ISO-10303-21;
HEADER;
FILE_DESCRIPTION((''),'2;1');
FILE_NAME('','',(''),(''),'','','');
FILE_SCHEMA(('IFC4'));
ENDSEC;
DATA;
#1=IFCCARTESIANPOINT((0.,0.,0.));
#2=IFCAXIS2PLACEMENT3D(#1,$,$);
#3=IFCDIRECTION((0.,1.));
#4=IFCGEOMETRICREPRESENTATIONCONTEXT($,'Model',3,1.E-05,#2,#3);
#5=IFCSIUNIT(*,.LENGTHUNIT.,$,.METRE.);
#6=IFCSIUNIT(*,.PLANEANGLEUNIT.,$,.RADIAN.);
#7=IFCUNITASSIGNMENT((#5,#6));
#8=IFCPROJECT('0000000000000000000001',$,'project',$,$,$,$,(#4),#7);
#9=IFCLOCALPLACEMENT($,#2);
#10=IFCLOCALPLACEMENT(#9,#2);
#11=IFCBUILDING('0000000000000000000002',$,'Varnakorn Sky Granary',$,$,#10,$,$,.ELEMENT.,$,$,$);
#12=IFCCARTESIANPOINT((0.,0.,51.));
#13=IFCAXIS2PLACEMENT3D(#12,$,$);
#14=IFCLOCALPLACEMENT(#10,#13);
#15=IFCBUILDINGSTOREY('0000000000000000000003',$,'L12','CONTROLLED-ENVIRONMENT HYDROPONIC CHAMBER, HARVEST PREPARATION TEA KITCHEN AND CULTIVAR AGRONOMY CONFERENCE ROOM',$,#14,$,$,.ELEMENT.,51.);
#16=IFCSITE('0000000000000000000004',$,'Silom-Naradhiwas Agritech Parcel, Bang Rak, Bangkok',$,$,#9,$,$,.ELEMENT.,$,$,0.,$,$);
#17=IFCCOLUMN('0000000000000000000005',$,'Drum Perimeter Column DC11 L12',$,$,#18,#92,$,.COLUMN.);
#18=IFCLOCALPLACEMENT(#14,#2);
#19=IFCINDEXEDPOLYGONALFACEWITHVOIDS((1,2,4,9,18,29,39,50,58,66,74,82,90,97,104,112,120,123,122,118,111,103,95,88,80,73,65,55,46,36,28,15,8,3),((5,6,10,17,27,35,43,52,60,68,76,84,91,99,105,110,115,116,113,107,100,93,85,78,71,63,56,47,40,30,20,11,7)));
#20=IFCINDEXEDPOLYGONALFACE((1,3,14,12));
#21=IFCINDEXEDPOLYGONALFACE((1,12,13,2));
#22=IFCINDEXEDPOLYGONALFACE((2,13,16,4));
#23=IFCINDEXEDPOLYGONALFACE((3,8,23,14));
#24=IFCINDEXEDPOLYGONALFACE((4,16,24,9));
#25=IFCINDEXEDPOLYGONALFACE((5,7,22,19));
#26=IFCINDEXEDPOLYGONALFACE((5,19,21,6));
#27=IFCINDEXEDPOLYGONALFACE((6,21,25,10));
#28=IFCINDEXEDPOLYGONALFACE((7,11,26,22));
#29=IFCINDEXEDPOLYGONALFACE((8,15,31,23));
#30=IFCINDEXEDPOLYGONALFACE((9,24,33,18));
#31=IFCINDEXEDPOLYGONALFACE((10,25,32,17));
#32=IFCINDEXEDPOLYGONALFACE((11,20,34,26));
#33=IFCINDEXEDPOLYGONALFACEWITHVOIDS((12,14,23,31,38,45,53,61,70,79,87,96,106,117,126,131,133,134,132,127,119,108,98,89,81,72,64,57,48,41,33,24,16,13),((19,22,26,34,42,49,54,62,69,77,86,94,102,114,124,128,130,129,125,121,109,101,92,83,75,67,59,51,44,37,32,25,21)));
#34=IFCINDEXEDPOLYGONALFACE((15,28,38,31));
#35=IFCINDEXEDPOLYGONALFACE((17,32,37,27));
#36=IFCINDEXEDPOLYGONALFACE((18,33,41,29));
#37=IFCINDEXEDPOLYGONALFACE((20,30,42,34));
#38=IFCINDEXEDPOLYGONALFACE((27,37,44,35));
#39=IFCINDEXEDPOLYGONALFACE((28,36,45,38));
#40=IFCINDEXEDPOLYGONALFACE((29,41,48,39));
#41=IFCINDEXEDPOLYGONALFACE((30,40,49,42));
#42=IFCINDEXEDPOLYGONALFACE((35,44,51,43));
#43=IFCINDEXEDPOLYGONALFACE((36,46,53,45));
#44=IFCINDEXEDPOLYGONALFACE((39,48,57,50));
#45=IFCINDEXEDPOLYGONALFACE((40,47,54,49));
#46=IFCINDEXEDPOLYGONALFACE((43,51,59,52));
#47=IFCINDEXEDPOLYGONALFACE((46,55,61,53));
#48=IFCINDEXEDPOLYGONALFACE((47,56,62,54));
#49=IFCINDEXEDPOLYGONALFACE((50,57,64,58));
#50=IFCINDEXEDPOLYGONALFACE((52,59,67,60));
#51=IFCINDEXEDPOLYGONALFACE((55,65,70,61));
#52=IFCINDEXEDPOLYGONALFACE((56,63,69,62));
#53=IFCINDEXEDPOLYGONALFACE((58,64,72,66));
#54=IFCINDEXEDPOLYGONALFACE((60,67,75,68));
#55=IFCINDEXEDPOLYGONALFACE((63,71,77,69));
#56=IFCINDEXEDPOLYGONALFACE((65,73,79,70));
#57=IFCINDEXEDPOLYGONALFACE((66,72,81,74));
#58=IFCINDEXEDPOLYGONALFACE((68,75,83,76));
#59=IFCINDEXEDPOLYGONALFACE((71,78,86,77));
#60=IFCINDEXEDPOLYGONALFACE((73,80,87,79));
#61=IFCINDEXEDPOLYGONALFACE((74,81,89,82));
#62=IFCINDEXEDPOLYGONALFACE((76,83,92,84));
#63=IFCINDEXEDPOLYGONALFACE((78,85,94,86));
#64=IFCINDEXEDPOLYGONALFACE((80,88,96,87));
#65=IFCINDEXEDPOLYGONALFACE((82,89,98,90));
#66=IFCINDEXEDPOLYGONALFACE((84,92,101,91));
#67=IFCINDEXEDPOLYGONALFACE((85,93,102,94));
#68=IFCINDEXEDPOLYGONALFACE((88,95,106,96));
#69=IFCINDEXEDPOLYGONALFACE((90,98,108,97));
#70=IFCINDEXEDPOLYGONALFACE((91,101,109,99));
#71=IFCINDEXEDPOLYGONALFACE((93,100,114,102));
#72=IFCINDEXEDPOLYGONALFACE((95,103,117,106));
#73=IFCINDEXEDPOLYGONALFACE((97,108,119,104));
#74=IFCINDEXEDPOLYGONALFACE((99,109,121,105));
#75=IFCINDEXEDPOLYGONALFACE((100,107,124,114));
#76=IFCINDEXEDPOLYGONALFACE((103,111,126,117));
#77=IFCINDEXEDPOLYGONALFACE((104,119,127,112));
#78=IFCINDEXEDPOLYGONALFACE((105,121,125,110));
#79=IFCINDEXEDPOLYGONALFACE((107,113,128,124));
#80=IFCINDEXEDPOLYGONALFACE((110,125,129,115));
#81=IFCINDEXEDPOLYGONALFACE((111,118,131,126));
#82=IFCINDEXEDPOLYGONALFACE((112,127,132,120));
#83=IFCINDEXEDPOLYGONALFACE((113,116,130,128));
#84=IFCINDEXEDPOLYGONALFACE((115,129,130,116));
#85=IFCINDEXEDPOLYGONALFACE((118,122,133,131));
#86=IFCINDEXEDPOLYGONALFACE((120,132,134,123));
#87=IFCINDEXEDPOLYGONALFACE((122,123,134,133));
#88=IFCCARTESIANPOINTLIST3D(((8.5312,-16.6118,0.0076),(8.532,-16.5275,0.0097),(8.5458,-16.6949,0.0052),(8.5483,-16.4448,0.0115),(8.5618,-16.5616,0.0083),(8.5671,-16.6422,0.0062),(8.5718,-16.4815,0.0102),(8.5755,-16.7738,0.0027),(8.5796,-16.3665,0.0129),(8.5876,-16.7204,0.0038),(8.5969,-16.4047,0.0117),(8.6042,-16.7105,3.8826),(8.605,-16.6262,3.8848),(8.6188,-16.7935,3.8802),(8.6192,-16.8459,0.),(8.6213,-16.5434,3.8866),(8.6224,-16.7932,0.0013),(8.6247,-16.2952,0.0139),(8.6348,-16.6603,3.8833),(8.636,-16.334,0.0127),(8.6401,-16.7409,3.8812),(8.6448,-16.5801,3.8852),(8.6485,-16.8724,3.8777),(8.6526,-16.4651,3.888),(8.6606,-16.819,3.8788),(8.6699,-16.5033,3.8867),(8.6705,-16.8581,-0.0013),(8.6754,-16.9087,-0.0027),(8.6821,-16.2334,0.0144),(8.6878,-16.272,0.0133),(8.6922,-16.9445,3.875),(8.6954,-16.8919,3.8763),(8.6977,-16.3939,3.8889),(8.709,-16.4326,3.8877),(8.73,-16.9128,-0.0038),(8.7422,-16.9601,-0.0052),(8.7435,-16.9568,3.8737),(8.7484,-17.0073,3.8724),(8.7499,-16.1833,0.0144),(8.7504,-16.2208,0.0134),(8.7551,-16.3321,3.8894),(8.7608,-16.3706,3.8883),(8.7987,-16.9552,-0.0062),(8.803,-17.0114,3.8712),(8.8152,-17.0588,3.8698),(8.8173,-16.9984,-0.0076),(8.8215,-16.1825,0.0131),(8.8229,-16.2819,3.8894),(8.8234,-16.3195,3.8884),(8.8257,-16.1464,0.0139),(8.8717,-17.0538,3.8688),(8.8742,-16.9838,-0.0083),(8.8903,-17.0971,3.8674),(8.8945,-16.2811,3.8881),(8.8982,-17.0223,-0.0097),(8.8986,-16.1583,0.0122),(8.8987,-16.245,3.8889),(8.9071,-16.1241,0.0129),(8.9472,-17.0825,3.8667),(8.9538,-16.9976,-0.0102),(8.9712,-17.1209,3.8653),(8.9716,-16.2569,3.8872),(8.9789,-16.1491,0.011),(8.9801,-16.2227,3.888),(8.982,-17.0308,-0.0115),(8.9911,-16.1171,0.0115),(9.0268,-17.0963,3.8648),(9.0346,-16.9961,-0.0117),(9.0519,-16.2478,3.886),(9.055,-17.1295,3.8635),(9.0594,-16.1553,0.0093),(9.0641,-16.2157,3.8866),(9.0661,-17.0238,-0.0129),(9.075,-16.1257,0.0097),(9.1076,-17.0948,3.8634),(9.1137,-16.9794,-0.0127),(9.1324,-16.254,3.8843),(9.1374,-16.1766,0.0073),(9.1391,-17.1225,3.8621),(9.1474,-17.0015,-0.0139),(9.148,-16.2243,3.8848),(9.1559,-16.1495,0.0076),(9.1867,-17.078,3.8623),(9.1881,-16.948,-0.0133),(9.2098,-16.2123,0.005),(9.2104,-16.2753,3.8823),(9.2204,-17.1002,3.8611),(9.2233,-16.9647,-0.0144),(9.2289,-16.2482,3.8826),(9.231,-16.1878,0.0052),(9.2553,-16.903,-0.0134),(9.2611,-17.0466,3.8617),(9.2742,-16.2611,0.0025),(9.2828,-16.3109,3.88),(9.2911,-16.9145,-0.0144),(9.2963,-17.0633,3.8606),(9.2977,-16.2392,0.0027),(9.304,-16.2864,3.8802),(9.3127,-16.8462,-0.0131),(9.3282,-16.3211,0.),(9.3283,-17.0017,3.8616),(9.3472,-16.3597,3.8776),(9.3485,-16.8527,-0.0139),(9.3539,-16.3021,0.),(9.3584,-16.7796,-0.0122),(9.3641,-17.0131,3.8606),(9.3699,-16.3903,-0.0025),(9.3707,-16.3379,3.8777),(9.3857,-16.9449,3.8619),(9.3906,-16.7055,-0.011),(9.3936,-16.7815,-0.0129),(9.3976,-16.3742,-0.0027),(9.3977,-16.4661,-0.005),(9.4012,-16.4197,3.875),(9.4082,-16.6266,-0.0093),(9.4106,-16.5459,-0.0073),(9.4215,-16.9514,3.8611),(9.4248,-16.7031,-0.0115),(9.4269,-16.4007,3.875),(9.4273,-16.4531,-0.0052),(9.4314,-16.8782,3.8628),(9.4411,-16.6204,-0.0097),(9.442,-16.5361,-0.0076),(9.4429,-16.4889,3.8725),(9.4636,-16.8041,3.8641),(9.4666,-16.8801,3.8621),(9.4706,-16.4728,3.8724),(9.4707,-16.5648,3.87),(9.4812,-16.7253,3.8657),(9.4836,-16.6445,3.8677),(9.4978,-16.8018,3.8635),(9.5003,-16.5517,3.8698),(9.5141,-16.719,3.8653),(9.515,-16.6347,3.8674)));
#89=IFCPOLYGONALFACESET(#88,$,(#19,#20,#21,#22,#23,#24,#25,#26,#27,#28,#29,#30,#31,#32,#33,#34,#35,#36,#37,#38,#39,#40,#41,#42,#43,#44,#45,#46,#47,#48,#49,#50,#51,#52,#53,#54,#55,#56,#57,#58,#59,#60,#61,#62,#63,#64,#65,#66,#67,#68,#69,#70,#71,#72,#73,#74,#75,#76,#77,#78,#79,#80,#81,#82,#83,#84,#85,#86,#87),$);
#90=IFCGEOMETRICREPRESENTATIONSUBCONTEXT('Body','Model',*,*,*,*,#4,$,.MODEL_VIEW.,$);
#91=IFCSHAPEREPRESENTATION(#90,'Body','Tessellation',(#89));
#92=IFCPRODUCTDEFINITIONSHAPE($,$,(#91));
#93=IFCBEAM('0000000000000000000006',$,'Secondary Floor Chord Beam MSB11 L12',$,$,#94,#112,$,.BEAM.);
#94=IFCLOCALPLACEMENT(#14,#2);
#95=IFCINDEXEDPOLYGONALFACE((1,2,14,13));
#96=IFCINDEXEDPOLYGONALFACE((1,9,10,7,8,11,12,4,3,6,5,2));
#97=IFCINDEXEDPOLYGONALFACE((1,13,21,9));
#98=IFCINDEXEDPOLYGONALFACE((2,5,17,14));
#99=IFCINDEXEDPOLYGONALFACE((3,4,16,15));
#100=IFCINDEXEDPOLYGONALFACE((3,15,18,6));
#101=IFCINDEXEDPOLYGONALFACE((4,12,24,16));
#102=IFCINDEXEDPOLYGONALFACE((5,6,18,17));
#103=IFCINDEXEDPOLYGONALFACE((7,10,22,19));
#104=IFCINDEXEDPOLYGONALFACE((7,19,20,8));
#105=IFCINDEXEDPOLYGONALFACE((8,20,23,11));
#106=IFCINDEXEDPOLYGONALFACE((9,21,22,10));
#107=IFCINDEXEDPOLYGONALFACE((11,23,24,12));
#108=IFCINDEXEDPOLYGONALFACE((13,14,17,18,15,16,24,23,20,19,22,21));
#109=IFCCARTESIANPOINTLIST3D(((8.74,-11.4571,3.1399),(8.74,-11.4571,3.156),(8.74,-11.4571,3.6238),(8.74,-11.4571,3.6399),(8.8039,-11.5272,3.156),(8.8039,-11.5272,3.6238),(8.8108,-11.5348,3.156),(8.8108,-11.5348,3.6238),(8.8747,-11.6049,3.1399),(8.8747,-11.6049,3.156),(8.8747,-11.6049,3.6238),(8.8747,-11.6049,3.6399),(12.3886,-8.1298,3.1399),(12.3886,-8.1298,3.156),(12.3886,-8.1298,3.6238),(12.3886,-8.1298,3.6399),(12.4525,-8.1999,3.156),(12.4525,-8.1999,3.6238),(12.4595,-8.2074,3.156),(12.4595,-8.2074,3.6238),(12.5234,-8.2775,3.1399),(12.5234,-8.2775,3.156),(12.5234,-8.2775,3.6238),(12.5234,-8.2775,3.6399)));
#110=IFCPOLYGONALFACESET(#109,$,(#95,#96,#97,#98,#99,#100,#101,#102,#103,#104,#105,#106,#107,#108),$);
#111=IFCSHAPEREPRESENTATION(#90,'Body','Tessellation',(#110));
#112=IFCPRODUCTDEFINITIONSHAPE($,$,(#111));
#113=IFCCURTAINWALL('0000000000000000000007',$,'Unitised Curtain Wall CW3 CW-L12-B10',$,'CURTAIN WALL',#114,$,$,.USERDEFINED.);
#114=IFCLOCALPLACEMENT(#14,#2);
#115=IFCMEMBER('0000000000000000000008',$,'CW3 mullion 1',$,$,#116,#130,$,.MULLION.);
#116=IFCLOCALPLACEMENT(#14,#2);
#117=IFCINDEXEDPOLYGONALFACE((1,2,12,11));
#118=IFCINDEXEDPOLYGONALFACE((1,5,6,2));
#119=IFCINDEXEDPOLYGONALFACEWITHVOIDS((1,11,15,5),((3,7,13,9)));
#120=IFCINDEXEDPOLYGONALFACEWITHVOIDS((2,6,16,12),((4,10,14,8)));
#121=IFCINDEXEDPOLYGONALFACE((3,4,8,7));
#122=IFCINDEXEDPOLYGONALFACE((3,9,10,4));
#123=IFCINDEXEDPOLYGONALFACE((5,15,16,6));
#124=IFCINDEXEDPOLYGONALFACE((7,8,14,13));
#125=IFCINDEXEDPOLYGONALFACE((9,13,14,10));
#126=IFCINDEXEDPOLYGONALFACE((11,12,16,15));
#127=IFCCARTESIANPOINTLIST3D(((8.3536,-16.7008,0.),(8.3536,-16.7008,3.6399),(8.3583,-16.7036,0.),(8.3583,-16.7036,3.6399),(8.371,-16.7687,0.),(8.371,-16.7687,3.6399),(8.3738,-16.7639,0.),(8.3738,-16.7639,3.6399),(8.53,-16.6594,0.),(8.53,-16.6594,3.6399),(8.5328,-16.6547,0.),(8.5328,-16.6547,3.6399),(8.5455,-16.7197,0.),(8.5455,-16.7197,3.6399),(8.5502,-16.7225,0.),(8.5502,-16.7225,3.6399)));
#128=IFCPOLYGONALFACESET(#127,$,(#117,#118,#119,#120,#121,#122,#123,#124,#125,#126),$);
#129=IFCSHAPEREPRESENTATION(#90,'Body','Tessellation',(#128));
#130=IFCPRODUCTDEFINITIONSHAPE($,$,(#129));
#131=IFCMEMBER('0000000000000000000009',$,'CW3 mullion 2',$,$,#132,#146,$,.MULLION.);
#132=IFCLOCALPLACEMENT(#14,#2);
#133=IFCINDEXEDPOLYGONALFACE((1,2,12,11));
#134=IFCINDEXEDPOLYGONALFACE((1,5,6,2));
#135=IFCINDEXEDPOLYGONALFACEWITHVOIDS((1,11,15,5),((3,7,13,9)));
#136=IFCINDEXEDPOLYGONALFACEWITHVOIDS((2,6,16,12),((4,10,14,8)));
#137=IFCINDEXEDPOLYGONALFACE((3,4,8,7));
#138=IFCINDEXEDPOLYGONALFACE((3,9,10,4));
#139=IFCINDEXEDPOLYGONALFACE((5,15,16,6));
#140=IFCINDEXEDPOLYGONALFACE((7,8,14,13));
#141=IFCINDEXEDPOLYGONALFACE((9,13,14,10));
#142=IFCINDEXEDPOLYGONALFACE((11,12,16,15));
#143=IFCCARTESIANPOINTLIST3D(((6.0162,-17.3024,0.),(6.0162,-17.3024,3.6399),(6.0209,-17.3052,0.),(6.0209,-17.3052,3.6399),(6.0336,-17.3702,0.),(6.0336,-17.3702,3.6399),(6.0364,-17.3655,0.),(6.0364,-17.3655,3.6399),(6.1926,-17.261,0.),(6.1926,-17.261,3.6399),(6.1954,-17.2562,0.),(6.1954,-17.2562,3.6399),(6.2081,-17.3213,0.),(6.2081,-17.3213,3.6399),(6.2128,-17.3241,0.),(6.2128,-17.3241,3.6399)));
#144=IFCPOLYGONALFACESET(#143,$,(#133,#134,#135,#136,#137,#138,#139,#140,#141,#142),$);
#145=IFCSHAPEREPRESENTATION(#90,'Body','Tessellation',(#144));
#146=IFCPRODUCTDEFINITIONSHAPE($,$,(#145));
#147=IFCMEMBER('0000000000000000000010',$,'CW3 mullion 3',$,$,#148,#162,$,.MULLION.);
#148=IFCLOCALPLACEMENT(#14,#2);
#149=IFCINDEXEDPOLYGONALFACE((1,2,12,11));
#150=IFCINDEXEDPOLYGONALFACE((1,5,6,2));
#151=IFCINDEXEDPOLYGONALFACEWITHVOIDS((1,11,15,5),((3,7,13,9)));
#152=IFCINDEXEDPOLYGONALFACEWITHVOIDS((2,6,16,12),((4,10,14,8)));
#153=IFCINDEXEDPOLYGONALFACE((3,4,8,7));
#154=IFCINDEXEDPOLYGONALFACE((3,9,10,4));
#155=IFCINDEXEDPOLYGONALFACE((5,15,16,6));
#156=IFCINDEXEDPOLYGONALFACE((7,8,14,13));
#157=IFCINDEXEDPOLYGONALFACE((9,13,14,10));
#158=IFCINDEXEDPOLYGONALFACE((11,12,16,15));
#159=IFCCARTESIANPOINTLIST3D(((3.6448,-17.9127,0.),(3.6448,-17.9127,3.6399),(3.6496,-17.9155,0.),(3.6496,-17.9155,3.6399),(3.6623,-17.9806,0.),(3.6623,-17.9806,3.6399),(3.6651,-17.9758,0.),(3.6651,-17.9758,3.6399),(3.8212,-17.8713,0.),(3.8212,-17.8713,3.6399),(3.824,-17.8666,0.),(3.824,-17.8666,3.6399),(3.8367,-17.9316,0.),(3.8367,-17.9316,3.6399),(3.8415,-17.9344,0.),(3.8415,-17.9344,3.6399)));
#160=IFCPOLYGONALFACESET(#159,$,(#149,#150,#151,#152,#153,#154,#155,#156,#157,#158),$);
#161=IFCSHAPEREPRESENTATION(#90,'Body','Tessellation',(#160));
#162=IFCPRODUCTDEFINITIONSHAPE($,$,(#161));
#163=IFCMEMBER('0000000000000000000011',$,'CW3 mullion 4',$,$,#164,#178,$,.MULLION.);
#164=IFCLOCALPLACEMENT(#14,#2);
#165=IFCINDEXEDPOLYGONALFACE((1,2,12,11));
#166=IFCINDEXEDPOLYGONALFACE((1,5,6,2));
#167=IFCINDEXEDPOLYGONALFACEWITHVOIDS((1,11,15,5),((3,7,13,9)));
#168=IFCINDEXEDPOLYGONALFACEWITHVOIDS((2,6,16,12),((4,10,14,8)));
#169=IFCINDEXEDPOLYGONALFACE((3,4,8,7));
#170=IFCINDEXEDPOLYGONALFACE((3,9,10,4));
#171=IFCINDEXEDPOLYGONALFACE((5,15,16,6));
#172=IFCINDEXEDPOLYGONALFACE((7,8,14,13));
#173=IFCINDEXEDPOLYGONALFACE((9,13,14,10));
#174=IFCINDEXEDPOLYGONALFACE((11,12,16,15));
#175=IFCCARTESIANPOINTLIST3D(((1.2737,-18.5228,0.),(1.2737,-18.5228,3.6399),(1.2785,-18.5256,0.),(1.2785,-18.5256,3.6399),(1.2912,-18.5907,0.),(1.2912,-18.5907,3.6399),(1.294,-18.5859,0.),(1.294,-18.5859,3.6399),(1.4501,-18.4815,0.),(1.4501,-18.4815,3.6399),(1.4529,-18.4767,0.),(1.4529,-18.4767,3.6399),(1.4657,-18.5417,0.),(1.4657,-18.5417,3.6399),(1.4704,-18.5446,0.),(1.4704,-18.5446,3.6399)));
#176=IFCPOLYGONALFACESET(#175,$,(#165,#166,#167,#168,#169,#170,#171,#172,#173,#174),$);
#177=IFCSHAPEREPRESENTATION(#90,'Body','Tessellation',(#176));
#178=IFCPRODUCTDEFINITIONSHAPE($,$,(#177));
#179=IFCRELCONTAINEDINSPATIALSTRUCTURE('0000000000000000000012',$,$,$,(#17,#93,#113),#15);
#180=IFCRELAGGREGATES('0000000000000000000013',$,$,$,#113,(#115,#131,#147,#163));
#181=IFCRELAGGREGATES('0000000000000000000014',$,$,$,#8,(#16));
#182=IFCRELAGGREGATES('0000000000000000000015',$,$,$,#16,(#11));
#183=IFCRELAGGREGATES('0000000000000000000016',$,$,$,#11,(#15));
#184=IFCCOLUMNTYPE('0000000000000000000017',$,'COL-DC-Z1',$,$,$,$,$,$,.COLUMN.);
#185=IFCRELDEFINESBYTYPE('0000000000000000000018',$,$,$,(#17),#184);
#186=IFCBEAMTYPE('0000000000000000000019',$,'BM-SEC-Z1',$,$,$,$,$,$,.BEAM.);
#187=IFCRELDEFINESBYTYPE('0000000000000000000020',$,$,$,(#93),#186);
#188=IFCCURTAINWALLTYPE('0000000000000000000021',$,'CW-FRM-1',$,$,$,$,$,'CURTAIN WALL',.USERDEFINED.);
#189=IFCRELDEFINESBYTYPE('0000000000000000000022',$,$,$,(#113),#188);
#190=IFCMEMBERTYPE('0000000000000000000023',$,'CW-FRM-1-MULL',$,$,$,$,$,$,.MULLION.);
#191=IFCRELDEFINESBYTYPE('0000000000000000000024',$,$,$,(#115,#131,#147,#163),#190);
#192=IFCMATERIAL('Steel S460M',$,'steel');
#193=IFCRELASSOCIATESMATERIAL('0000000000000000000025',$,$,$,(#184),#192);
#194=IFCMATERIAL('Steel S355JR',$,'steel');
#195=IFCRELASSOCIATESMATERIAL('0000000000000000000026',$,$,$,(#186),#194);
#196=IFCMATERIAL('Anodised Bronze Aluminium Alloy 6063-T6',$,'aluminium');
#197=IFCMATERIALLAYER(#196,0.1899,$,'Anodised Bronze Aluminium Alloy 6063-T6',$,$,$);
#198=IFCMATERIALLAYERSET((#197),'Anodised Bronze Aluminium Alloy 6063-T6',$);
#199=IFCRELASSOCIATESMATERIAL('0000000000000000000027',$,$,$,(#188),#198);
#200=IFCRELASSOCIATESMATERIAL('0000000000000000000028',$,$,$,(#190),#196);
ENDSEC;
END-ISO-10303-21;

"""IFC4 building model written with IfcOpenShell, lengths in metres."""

from ifc_helpers import new_model, si_unit, direction, frame, origin, origin_2d, place, context, subcontext, project, spatial, hollow_rectangle, hollow_circle, i_section, extrude, material, layer, layer_set, material_profile, profile_set, type_object, element, aggregate, save


model = new_model("IFC4")

# Units and contexts
model_context = context("Model", 3, precision=1e-05, world=origin(), true_north=direction((0.0, 1.0)))
body_context = subcontext(model_context, "Body", "Model", "MODEL_VIEW")
ifc_project = project(units=[si_unit("LENGTHUNIT", "METRE"), si_unit("PLANEANGLEUNIT", "RADIAN")], contexts=[model_context])

# Site, building, storey
site_placement = place(None, origin())
site = spatial("IfcSite", under=ifc_project, at=site_placement, Name="Silom-Naradhiwas Agritech Parcel, Bang Rak, Bangkok", CompositionType="ELEMENT", RefElevation=0.0)
building_placement = place(site_placement, origin())
building = spatial("IfcBuilding", under=site, at=building_placement, Name="Varnakorn Sky Granary", CompositionType="ELEMENT")
storey_placement = place(building_placement, frame((0.0, 0.0, 51.0)))
storey = spatial("IfcBuildingStorey", under=building, at=storey_placement, Name="L12", Description="CONTROLLED-ENVIRONMENT HYDROPONIC CHAMBER, HARVEST PREPARATION TEA KITCHEN AND CULTIVAR AGRONOMY CONFERENCE ROOM", CompositionType="ELEMENT", Elevation=51.0)

# Column
ifc_material_1 = material(Name="Steel S460M", Category="steel")
ifc_material_profile_1 = material_profile(ifc_material_1, hollow_circle(Radius=0.457, WallThickness=0.032, at=origin_2d()), Name="CHS 914x32")
ifc_profile_set_1 = profile_set([ifc_material_profile_1], Name="Steel S460M")
column_type = type_object("IfcColumnType", Name="COL-DC-Z1", PredefinedType="COLUMN", material=ifc_profile_set_1)
column_placement = place(storey_placement, frame((8.9866, -16.574, 0.0), z_axis=(0.018829, -0.025441, 0.999499), x_axis=(0.803804, 0.594894, 0.0)))
element("IfcColumn", 1, at=column_placement, inside=storey, type_object=column_type, Name="Drum Perimeter Column DC11 L12", PredefinedType="COLUMN", context=body_context, shape_type="SweptSolid", body=[
    extrude(hollow_circle(Radius=0.457, WallThickness=0.032, at=origin_2d()), origin(), (0.0, 0.0, 1.0), 3.877),
])

# Beam
ifc_material_2 = material(Name="Steel S355JR", Category="steel")
ifc_material_profile_2 = material_profile(ifc_material_2, i_section(OverallWidth=0.2, OverallDepth=0.5, WebThickness=0.0103, FlangeThickness=0.0161, at=origin_2d()), Name="IPE 500")
ifc_profile_set_2 = profile_set([ifc_material_profile_2], Name="Steel S355JR")
beam_type = type_object("IfcBeamType", Name="BM-SEC-Z1", PredefinedType="BEAM", material=ifc_profile_set_2)
beam_placement = place(storey_placement, frame((8.8074, -11.531, 3.3899), z_axis=(0.73889, 0.673826, 0.0), x_axis=(-0.673826, 0.73889, 0.0)))
element("IfcBeam", 2, at=beam_placement, inside=storey, type_object=beam_type, Name="Secondary Floor Chord Beam MSB11 L12", PredefinedType="BEAM", context=body_context, shape_type="SweptSolid", body=[
    extrude(i_section(OverallWidth=0.2, OverallDepth=0.5, WebThickness=0.0103, FlangeThickness=0.0161, at=origin_2d()), origin(), (0.0, 0.0, 1.0), 4.938),
])

# Curtain wall, members
ifc_material_3 = material(Name="Anodised Bronze Aluminium Alloy 6063-T6", Category="aluminium")
ifc_layer_1 = layer(ifc_material_3, 0.1899, Name="Anodised Bronze Aluminium Alloy 6063-T6")
ifc_layer_set_1 = layer_set([ifc_layer_1], Name="Anodised Bronze Aluminium Alloy 6063-T6")
curtain_wall_type = type_object("IfcCurtainWallType", Name="CW-FRM-1", ElementType="CURTAIN WALL", PredefinedType="USERDEFINED", material=ifc_layer_set_1)
curtain_wall_placement = place(storey_placement, origin())
curtain_wall = element("IfcCurtainWall", 3, at=curtain_wall_placement, inside=storey, type_object=curtain_wall_type, Name="Unitised Curtain Wall CW3 CW-L12-B10", ObjectType="CURTAIN WALL", PredefinedType="USERDEFINED")
ifc_material_profile_3 = material_profile(ifc_material_3, hollow_rectangle(XDim=0.0701, YDim=0.1851, WallThickness=0.0039, at=origin_2d()), Name="ALU MULL 70x185")
ifc_profile_set_3 = profile_set([ifc_material_profile_3], Name="Anodised Bronze Aluminium Alloy 6063-T6")
member_type_1 = type_object("IfcMemberType", Name="CW-FRM-1-MULL", PredefinedType="MULLION", material=ifc_profile_set_3)
member_1_placement = place(storey_placement, frame((8.4519, -16.7117, 0.0), z_axis=(0.0, 0.0, 1.0), x_axis=(0.249249, -0.968439, 0.0)))
member_1 = element("IfcMember", 4, at=member_1_placement, type_object=member_type_1, Name="CW3 mullion 1", PredefinedType="MULLION", context=body_context, shape_type="SweptSolid", body=[
    extrude(hollow_rectangle(XDim=0.0701, YDim=0.1851, WallThickness=0.0039, at=origin_2d()), origin(), (0.0, 0.0, 1.0), 3.6399),
])
member_2_placement = place(storey_placement, frame((6.1145, -17.3132, 0.0), z_axis=(0.0, 0.0, 1.0), x_axis=(0.249249, -0.968439, 0.0)))
member_2 = element("IfcMember", 5, at=member_2_placement, type_object=member_type_1, Name="CW3 mullion 2", PredefinedType="MULLION", context=body_context, shape_type="SweptSolid", body=[
    extrude(hollow_rectangle(XDim=0.0701, YDim=0.1851, WallThickness=0.0039, at=origin_2d()), origin(), (0.0, 0.0, 1.0), 3.6399),
])
member_3_placement = place(storey_placement, frame((3.7432, -17.9236, 0.0), z_axis=(0.0, 0.0, 1.0), x_axis=(0.249249, -0.968439, 0.0)))
member_3 = element("IfcMember", 6, at=member_3_placement, type_object=member_type_1, Name="CW3 mullion 3", PredefinedType="MULLION", context=body_context, shape_type="SweptSolid", body=[
    extrude(hollow_rectangle(XDim=0.0701, YDim=0.1851, WallThickness=0.0039, at=origin_2d()), origin(), (0.0, 0.0, 1.0), 3.6399),
])
member_4_placement = place(storey_placement, frame((1.3721, -18.5337, 0.0), z_axis=(0.0, 0.0, 1.0), x_axis=(0.249249, -0.968439, 0.0)))
member_4 = element("IfcMember", 7, at=member_4_placement, type_object=member_type_1, Name="CW3 mullion 4", PredefinedType="MULLION", context=body_context, shape_type="SweptSolid", body=[
    extrude(hollow_rectangle(XDim=0.0701, YDim=0.1851, WallThickness=0.0039, at=origin_2d()), origin(), (0.0, 0.0, 1.0), 3.6399),
])
aggregate(curtain_wall, [member_1, member_2, member_3, member_4])

save(model, "model.ifc")
